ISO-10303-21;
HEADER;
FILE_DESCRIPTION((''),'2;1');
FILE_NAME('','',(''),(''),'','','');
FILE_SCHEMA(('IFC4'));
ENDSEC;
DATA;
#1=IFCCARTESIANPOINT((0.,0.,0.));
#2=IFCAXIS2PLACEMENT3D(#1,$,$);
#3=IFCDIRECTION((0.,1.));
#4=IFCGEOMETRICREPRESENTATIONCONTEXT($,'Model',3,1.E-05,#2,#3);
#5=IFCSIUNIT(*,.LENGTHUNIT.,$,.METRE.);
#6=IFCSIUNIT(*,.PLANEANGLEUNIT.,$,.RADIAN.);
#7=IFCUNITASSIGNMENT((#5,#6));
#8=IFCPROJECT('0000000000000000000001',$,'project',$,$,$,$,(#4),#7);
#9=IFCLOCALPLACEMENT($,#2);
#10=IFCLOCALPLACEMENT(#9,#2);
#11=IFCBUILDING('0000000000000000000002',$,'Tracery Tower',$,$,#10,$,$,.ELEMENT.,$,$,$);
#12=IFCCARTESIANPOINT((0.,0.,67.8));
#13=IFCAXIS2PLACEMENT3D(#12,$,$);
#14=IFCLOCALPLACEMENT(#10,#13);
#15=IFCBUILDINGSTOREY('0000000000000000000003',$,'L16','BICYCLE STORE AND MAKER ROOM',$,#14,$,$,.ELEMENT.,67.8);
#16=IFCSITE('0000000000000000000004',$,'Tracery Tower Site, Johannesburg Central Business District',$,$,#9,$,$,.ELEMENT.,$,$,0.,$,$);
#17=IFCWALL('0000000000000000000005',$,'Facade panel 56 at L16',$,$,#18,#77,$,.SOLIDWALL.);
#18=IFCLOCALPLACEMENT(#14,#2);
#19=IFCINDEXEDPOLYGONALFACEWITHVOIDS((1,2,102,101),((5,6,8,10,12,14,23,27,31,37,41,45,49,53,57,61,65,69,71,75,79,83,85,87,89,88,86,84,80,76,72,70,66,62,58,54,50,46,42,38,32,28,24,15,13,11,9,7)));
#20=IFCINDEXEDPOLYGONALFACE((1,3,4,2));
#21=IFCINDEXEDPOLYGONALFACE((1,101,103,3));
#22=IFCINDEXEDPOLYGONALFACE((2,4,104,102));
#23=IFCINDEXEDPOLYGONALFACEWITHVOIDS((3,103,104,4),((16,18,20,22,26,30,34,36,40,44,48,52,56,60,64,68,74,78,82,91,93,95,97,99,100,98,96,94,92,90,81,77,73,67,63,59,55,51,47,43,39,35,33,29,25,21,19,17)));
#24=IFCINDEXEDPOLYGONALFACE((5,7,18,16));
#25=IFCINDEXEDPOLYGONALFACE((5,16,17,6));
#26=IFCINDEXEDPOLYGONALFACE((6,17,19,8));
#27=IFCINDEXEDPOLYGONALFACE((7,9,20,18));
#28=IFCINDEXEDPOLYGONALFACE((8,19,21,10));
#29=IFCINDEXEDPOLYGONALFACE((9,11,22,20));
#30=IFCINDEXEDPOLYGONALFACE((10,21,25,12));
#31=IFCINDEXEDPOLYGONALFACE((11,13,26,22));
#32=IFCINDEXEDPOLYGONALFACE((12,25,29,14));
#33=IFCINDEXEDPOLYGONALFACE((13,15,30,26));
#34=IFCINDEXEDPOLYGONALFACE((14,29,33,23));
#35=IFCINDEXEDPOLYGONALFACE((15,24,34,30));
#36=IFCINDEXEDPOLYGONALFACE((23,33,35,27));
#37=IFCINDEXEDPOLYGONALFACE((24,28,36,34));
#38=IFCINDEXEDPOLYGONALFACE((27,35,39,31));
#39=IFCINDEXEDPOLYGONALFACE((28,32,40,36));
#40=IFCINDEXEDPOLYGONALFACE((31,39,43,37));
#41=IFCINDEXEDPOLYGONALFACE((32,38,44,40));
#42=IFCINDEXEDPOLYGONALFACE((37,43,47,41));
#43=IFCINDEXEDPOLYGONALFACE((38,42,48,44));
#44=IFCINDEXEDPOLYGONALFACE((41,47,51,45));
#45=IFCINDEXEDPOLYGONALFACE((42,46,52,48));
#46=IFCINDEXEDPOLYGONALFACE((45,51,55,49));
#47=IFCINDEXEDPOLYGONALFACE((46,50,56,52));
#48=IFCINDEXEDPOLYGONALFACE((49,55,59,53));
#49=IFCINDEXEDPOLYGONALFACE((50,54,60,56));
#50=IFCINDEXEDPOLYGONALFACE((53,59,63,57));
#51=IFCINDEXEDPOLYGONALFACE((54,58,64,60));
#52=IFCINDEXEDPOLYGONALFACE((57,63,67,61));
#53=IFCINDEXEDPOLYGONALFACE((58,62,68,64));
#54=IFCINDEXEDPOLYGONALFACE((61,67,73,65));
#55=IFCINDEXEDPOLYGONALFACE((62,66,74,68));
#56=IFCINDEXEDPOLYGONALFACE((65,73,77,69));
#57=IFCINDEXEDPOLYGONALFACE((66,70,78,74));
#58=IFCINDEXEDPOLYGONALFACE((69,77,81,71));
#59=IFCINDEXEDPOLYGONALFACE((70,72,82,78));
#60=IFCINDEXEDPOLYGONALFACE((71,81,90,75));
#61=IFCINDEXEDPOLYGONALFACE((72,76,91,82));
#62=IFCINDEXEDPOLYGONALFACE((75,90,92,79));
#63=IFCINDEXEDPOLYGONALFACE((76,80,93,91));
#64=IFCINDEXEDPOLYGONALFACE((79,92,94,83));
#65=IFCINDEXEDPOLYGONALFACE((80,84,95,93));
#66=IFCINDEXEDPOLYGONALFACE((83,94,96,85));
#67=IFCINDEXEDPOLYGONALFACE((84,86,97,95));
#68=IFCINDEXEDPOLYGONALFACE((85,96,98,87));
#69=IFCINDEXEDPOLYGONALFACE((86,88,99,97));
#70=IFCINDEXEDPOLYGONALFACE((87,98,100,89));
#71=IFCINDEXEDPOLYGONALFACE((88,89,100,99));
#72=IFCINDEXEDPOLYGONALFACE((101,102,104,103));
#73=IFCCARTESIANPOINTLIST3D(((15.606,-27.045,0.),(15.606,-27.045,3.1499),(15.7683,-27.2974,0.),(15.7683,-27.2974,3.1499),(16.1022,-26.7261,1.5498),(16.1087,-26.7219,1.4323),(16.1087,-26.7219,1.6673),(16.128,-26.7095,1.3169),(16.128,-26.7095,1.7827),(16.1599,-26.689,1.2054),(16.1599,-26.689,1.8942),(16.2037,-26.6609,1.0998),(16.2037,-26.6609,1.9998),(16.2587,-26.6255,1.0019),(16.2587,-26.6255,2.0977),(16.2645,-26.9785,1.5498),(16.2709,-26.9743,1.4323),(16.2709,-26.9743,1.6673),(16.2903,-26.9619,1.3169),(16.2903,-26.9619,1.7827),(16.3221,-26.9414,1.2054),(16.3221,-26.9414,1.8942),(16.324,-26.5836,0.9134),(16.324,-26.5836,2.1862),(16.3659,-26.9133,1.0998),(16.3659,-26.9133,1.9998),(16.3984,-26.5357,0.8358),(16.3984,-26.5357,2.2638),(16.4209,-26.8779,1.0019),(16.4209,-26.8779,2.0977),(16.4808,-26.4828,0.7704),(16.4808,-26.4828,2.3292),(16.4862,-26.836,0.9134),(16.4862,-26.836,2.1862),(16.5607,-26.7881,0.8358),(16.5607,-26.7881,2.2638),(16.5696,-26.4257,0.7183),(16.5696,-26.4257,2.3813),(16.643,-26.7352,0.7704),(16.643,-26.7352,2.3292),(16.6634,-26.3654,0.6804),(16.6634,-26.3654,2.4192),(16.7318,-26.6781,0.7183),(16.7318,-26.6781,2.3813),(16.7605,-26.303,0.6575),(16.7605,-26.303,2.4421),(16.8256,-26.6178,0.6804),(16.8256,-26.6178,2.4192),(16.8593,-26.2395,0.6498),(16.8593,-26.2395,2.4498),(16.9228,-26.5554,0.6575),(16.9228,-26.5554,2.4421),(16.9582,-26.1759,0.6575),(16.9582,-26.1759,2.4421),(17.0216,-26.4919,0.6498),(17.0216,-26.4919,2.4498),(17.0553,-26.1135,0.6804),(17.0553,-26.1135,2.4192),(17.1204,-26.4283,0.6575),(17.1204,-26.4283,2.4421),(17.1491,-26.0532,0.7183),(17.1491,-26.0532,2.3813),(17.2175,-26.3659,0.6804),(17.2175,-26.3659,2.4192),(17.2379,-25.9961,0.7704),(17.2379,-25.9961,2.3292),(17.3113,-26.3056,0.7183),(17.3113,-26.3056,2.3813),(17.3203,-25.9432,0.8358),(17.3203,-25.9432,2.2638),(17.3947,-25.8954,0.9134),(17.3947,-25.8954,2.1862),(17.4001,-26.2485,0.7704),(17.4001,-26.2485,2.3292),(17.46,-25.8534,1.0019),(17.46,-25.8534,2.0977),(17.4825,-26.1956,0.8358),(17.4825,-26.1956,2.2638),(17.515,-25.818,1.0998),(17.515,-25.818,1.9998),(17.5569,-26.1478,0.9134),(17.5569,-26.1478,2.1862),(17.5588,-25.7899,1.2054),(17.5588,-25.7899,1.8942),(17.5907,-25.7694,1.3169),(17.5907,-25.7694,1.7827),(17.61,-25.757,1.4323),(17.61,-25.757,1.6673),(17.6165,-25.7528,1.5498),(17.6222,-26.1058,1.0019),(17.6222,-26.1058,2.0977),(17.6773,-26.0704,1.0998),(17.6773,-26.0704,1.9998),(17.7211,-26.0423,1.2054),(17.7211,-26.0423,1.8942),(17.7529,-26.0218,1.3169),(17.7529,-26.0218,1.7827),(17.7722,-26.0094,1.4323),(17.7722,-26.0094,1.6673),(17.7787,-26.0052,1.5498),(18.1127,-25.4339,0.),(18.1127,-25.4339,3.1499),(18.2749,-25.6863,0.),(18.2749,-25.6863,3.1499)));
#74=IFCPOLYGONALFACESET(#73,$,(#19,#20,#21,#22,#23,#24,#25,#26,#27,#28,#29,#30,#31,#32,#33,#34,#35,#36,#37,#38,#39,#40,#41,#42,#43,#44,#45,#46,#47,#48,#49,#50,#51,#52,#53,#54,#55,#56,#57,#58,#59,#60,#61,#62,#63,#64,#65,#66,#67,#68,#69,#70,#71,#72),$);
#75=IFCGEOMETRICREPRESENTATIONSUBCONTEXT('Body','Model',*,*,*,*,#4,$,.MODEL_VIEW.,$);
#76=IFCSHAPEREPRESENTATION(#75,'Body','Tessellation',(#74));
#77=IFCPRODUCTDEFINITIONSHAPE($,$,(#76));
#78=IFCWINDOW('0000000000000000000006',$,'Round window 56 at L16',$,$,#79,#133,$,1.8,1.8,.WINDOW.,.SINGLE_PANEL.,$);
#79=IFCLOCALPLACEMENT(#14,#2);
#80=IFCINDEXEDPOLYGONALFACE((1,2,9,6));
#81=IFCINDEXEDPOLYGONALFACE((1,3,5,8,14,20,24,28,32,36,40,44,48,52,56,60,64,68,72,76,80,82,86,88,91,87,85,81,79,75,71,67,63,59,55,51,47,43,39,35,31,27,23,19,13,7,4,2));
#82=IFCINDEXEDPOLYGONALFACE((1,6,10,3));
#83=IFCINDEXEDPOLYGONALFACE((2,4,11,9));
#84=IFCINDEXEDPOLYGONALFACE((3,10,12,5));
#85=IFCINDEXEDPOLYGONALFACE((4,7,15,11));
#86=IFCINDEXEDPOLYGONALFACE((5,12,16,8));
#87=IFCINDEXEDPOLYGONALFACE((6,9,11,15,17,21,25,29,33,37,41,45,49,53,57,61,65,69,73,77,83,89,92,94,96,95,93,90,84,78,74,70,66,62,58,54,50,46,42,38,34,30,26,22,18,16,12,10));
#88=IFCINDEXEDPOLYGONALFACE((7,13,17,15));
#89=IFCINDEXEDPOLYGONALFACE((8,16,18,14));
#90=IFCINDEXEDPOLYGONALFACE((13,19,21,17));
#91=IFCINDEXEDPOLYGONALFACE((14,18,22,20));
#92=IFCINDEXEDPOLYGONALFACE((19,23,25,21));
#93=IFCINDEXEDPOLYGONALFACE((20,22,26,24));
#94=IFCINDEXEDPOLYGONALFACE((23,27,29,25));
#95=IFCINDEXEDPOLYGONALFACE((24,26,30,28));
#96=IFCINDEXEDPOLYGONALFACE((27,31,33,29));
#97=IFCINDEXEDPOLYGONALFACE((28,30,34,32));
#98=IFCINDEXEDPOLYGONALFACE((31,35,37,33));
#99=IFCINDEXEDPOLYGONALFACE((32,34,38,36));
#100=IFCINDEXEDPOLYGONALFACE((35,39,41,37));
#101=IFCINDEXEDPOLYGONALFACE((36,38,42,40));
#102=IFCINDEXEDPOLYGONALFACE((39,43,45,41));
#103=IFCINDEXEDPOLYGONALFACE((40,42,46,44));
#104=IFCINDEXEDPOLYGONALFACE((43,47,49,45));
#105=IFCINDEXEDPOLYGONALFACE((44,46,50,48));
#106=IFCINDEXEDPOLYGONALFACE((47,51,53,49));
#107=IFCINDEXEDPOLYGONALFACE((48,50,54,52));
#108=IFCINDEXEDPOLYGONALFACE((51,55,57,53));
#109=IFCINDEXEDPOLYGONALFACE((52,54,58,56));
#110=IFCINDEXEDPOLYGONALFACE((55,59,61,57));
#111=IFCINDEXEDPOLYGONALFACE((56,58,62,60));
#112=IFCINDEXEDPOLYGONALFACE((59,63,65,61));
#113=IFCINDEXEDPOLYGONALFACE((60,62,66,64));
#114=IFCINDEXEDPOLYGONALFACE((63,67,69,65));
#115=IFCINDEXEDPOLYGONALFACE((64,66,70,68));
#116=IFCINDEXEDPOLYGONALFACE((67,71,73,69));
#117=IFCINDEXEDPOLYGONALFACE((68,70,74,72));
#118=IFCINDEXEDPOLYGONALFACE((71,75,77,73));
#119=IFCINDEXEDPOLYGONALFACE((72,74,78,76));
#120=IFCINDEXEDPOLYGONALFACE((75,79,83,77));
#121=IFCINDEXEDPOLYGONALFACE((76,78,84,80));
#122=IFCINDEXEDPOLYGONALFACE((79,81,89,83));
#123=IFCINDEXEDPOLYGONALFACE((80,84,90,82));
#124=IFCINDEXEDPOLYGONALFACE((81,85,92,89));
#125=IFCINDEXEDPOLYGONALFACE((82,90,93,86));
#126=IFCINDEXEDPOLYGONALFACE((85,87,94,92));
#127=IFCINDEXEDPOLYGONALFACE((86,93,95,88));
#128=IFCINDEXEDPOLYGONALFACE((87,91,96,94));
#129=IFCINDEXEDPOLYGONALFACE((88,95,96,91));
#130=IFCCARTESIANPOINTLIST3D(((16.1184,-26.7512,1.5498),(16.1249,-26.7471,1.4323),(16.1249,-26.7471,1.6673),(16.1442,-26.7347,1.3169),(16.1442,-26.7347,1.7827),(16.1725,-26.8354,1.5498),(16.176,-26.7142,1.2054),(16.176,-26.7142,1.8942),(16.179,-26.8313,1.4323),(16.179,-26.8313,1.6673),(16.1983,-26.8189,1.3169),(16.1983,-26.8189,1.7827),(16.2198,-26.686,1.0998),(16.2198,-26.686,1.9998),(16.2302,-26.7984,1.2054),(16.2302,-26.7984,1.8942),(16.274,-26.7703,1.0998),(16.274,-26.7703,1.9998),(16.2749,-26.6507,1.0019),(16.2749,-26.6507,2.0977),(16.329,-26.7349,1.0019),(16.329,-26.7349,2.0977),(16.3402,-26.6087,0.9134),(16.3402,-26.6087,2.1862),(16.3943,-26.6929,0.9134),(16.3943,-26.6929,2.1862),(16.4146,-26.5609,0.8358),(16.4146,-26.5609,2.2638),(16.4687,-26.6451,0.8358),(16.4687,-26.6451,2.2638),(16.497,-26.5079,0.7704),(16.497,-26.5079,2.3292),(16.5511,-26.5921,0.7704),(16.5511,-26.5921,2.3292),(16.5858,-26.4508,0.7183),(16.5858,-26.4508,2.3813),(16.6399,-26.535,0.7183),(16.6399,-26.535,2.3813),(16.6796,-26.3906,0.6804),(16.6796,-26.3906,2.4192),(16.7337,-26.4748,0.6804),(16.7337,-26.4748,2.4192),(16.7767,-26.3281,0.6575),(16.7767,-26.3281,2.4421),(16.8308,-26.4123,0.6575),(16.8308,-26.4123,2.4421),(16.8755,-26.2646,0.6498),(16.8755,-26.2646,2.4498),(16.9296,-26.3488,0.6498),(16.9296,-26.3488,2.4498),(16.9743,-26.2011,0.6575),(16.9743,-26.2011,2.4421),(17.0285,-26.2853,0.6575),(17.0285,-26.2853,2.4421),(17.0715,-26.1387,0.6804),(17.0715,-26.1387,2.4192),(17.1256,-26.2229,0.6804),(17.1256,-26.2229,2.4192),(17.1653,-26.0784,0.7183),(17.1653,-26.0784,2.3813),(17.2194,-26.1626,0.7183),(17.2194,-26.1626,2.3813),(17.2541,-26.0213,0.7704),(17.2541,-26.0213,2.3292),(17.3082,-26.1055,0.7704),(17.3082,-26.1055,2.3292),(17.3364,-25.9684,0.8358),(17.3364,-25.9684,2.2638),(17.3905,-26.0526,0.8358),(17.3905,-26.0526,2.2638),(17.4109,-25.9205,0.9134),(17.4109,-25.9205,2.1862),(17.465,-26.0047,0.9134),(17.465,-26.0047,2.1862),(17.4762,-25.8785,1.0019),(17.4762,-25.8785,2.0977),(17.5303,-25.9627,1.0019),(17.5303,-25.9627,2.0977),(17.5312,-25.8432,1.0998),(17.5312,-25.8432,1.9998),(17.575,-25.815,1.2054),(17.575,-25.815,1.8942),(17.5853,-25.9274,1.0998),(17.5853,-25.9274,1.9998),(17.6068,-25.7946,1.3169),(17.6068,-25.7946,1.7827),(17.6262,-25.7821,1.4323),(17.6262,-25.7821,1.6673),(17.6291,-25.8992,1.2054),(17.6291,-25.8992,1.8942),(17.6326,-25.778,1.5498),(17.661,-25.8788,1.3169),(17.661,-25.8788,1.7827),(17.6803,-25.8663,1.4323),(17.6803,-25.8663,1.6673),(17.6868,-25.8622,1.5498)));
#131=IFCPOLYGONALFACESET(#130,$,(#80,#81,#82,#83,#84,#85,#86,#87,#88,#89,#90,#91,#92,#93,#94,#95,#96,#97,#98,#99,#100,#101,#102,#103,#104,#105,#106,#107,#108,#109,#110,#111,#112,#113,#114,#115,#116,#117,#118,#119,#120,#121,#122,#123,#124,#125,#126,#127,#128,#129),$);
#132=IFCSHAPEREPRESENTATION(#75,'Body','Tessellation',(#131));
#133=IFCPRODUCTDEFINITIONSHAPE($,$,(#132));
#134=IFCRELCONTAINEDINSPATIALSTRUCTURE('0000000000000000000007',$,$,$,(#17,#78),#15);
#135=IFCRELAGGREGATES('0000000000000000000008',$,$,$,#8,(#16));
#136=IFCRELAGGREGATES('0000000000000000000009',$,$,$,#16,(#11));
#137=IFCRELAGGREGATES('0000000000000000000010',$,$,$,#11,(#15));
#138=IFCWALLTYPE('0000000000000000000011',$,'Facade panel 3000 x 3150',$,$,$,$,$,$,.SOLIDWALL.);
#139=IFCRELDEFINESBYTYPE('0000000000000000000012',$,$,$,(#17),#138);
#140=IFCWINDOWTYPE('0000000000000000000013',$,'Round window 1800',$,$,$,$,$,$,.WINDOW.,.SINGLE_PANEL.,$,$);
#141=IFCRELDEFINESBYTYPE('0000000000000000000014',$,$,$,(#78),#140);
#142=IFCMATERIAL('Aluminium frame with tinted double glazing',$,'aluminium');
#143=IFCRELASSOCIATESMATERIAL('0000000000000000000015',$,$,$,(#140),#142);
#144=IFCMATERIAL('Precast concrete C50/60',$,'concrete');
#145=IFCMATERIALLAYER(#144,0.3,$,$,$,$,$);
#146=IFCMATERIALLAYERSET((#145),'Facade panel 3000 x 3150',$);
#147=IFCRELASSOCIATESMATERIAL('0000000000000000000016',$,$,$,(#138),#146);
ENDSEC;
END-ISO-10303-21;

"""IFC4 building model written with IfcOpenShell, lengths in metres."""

from ifc_helpers import new_model, si_unit, direction, frame, frame_2d, origin, origin_2d, place, context, subcontext, project, spatial, rectangle, circle, extrude, material, layer, layer_set, type_object, element, fill, save


model = new_model("IFC4")

# Units and contexts
model_context = context("Model", 3, precision=1e-05, world=origin(), true_north=direction((0.0, 1.0)))
body_context = subcontext(model_context, "Body", "Model", "MODEL_VIEW")
ifc_project = project(units=[si_unit("LENGTHUNIT", "METRE"), si_unit("PLANEANGLEUNIT", "RADIAN")], contexts=[model_context])

# Site, building, storey
site_placement = place(None, origin())
site = spatial("IfcSite", under=ifc_project, at=site_placement, Name="Tracery Tower Site, Johannesburg Central Business District", CompositionType="ELEMENT", RefElevation=0.0)
building_placement = place(site_placement, origin())
building = spatial("IfcBuilding", under=site, at=building_placement, Name="Tracery Tower", CompositionType="ELEMENT")
storey_placement = place(building_placement, frame((0.0, 0.0, 67.8)))
storey = spatial("IfcBuildingStorey", under=building, at=storey_placement, Name="L16", Description="BICYCLE STORE AND MAKER ROOM", CompositionType="ELEMENT", Elevation=67.8)

# Wall, opening, window
ifc_material_1 = material(Name="Aluminium frame with tinted double glazing", Category="aluminium")
window_type = type_object("IfcWindowType", Name="Round window 1800", PartitioningType="SINGLE_PANEL", PredefinedType="WINDOW", material=ifc_material_1)
ifc_material_2 = material(Name="Precast concrete C50/60", Category="concrete")
ifc_layer_1 = layer(ifc_material_2, 0.3)
ifc_layer_set_1 = layer_set([ifc_layer_1], Name="Facade panel 3000 x 3150")
wall_type_1 = type_object("IfcWallType", Name="Facade panel 3000 x 3150", PredefinedType="SOLIDWALL", material=ifc_layer_set_1)
wall_1_placement = place(storey_placement, frame((15.6873, -27.1711, 0.0), z_axis=(0.0, 0.0, 1.0), x_axis=(0.841224, 0.540687, 0.0)))
wall_1 = element("IfcWall", 1, at=wall_1_placement, inside=storey, type_object=wall_type_1, Name="Facade panel 56 at L16", PredefinedType="SOLIDWALL", context=body_context, shape_type="SweptSolid", body=[
    extrude(rectangle(XDim=2.9797, YDim=0.3, at=frame_2d((1.4897, 0.0))), origin(), (0.0, 0.0, 1.0), 3.1499),
])
opening_1_placement = place(wall_1_placement, frame((1.4897, 0.0, 1.5498)))
opening_1 = element("IfcOpeningElement", 2, at=opening_1_placement, cuts=wall_1, PredefinedType="OPENING", context=body_context, shape_type="SweptSolid", body=[
    extrude(circle(Radius=0.9, at=origin_2d()), frame((0.0, 0.1599, 0.0), z_axis=(0.0, -1.0, 0.0), x_axis=(1.0, 0.0, 0.0)), (0.0, 0.0, 1.0), 0.3201),
])
window_1_placement = place(opening_1_placement, origin())
window_1 = element("IfcWindow", 3, at=window_1_placement, inside=storey, type_object=window_type, Name="Round window 56 at L16", OverallHeight=1.8, OverallWidth=1.8, PartitioningType="SINGLE_PANEL", PredefinedType="WINDOW", context=body_context, shape_type="SweptSolid", body=[
    extrude(circle(Radius=0.9, at=origin_2d()), frame((0.0, 0.1201, 0.0), z_axis=(0.0, -1.0, 0.0), x_axis=(1.0, 0.0, 0.0)), (0.0, 0.0, 1.0), 0.1001),
])
fill(opening_1, window_1)

save(model, "model.ifc")
